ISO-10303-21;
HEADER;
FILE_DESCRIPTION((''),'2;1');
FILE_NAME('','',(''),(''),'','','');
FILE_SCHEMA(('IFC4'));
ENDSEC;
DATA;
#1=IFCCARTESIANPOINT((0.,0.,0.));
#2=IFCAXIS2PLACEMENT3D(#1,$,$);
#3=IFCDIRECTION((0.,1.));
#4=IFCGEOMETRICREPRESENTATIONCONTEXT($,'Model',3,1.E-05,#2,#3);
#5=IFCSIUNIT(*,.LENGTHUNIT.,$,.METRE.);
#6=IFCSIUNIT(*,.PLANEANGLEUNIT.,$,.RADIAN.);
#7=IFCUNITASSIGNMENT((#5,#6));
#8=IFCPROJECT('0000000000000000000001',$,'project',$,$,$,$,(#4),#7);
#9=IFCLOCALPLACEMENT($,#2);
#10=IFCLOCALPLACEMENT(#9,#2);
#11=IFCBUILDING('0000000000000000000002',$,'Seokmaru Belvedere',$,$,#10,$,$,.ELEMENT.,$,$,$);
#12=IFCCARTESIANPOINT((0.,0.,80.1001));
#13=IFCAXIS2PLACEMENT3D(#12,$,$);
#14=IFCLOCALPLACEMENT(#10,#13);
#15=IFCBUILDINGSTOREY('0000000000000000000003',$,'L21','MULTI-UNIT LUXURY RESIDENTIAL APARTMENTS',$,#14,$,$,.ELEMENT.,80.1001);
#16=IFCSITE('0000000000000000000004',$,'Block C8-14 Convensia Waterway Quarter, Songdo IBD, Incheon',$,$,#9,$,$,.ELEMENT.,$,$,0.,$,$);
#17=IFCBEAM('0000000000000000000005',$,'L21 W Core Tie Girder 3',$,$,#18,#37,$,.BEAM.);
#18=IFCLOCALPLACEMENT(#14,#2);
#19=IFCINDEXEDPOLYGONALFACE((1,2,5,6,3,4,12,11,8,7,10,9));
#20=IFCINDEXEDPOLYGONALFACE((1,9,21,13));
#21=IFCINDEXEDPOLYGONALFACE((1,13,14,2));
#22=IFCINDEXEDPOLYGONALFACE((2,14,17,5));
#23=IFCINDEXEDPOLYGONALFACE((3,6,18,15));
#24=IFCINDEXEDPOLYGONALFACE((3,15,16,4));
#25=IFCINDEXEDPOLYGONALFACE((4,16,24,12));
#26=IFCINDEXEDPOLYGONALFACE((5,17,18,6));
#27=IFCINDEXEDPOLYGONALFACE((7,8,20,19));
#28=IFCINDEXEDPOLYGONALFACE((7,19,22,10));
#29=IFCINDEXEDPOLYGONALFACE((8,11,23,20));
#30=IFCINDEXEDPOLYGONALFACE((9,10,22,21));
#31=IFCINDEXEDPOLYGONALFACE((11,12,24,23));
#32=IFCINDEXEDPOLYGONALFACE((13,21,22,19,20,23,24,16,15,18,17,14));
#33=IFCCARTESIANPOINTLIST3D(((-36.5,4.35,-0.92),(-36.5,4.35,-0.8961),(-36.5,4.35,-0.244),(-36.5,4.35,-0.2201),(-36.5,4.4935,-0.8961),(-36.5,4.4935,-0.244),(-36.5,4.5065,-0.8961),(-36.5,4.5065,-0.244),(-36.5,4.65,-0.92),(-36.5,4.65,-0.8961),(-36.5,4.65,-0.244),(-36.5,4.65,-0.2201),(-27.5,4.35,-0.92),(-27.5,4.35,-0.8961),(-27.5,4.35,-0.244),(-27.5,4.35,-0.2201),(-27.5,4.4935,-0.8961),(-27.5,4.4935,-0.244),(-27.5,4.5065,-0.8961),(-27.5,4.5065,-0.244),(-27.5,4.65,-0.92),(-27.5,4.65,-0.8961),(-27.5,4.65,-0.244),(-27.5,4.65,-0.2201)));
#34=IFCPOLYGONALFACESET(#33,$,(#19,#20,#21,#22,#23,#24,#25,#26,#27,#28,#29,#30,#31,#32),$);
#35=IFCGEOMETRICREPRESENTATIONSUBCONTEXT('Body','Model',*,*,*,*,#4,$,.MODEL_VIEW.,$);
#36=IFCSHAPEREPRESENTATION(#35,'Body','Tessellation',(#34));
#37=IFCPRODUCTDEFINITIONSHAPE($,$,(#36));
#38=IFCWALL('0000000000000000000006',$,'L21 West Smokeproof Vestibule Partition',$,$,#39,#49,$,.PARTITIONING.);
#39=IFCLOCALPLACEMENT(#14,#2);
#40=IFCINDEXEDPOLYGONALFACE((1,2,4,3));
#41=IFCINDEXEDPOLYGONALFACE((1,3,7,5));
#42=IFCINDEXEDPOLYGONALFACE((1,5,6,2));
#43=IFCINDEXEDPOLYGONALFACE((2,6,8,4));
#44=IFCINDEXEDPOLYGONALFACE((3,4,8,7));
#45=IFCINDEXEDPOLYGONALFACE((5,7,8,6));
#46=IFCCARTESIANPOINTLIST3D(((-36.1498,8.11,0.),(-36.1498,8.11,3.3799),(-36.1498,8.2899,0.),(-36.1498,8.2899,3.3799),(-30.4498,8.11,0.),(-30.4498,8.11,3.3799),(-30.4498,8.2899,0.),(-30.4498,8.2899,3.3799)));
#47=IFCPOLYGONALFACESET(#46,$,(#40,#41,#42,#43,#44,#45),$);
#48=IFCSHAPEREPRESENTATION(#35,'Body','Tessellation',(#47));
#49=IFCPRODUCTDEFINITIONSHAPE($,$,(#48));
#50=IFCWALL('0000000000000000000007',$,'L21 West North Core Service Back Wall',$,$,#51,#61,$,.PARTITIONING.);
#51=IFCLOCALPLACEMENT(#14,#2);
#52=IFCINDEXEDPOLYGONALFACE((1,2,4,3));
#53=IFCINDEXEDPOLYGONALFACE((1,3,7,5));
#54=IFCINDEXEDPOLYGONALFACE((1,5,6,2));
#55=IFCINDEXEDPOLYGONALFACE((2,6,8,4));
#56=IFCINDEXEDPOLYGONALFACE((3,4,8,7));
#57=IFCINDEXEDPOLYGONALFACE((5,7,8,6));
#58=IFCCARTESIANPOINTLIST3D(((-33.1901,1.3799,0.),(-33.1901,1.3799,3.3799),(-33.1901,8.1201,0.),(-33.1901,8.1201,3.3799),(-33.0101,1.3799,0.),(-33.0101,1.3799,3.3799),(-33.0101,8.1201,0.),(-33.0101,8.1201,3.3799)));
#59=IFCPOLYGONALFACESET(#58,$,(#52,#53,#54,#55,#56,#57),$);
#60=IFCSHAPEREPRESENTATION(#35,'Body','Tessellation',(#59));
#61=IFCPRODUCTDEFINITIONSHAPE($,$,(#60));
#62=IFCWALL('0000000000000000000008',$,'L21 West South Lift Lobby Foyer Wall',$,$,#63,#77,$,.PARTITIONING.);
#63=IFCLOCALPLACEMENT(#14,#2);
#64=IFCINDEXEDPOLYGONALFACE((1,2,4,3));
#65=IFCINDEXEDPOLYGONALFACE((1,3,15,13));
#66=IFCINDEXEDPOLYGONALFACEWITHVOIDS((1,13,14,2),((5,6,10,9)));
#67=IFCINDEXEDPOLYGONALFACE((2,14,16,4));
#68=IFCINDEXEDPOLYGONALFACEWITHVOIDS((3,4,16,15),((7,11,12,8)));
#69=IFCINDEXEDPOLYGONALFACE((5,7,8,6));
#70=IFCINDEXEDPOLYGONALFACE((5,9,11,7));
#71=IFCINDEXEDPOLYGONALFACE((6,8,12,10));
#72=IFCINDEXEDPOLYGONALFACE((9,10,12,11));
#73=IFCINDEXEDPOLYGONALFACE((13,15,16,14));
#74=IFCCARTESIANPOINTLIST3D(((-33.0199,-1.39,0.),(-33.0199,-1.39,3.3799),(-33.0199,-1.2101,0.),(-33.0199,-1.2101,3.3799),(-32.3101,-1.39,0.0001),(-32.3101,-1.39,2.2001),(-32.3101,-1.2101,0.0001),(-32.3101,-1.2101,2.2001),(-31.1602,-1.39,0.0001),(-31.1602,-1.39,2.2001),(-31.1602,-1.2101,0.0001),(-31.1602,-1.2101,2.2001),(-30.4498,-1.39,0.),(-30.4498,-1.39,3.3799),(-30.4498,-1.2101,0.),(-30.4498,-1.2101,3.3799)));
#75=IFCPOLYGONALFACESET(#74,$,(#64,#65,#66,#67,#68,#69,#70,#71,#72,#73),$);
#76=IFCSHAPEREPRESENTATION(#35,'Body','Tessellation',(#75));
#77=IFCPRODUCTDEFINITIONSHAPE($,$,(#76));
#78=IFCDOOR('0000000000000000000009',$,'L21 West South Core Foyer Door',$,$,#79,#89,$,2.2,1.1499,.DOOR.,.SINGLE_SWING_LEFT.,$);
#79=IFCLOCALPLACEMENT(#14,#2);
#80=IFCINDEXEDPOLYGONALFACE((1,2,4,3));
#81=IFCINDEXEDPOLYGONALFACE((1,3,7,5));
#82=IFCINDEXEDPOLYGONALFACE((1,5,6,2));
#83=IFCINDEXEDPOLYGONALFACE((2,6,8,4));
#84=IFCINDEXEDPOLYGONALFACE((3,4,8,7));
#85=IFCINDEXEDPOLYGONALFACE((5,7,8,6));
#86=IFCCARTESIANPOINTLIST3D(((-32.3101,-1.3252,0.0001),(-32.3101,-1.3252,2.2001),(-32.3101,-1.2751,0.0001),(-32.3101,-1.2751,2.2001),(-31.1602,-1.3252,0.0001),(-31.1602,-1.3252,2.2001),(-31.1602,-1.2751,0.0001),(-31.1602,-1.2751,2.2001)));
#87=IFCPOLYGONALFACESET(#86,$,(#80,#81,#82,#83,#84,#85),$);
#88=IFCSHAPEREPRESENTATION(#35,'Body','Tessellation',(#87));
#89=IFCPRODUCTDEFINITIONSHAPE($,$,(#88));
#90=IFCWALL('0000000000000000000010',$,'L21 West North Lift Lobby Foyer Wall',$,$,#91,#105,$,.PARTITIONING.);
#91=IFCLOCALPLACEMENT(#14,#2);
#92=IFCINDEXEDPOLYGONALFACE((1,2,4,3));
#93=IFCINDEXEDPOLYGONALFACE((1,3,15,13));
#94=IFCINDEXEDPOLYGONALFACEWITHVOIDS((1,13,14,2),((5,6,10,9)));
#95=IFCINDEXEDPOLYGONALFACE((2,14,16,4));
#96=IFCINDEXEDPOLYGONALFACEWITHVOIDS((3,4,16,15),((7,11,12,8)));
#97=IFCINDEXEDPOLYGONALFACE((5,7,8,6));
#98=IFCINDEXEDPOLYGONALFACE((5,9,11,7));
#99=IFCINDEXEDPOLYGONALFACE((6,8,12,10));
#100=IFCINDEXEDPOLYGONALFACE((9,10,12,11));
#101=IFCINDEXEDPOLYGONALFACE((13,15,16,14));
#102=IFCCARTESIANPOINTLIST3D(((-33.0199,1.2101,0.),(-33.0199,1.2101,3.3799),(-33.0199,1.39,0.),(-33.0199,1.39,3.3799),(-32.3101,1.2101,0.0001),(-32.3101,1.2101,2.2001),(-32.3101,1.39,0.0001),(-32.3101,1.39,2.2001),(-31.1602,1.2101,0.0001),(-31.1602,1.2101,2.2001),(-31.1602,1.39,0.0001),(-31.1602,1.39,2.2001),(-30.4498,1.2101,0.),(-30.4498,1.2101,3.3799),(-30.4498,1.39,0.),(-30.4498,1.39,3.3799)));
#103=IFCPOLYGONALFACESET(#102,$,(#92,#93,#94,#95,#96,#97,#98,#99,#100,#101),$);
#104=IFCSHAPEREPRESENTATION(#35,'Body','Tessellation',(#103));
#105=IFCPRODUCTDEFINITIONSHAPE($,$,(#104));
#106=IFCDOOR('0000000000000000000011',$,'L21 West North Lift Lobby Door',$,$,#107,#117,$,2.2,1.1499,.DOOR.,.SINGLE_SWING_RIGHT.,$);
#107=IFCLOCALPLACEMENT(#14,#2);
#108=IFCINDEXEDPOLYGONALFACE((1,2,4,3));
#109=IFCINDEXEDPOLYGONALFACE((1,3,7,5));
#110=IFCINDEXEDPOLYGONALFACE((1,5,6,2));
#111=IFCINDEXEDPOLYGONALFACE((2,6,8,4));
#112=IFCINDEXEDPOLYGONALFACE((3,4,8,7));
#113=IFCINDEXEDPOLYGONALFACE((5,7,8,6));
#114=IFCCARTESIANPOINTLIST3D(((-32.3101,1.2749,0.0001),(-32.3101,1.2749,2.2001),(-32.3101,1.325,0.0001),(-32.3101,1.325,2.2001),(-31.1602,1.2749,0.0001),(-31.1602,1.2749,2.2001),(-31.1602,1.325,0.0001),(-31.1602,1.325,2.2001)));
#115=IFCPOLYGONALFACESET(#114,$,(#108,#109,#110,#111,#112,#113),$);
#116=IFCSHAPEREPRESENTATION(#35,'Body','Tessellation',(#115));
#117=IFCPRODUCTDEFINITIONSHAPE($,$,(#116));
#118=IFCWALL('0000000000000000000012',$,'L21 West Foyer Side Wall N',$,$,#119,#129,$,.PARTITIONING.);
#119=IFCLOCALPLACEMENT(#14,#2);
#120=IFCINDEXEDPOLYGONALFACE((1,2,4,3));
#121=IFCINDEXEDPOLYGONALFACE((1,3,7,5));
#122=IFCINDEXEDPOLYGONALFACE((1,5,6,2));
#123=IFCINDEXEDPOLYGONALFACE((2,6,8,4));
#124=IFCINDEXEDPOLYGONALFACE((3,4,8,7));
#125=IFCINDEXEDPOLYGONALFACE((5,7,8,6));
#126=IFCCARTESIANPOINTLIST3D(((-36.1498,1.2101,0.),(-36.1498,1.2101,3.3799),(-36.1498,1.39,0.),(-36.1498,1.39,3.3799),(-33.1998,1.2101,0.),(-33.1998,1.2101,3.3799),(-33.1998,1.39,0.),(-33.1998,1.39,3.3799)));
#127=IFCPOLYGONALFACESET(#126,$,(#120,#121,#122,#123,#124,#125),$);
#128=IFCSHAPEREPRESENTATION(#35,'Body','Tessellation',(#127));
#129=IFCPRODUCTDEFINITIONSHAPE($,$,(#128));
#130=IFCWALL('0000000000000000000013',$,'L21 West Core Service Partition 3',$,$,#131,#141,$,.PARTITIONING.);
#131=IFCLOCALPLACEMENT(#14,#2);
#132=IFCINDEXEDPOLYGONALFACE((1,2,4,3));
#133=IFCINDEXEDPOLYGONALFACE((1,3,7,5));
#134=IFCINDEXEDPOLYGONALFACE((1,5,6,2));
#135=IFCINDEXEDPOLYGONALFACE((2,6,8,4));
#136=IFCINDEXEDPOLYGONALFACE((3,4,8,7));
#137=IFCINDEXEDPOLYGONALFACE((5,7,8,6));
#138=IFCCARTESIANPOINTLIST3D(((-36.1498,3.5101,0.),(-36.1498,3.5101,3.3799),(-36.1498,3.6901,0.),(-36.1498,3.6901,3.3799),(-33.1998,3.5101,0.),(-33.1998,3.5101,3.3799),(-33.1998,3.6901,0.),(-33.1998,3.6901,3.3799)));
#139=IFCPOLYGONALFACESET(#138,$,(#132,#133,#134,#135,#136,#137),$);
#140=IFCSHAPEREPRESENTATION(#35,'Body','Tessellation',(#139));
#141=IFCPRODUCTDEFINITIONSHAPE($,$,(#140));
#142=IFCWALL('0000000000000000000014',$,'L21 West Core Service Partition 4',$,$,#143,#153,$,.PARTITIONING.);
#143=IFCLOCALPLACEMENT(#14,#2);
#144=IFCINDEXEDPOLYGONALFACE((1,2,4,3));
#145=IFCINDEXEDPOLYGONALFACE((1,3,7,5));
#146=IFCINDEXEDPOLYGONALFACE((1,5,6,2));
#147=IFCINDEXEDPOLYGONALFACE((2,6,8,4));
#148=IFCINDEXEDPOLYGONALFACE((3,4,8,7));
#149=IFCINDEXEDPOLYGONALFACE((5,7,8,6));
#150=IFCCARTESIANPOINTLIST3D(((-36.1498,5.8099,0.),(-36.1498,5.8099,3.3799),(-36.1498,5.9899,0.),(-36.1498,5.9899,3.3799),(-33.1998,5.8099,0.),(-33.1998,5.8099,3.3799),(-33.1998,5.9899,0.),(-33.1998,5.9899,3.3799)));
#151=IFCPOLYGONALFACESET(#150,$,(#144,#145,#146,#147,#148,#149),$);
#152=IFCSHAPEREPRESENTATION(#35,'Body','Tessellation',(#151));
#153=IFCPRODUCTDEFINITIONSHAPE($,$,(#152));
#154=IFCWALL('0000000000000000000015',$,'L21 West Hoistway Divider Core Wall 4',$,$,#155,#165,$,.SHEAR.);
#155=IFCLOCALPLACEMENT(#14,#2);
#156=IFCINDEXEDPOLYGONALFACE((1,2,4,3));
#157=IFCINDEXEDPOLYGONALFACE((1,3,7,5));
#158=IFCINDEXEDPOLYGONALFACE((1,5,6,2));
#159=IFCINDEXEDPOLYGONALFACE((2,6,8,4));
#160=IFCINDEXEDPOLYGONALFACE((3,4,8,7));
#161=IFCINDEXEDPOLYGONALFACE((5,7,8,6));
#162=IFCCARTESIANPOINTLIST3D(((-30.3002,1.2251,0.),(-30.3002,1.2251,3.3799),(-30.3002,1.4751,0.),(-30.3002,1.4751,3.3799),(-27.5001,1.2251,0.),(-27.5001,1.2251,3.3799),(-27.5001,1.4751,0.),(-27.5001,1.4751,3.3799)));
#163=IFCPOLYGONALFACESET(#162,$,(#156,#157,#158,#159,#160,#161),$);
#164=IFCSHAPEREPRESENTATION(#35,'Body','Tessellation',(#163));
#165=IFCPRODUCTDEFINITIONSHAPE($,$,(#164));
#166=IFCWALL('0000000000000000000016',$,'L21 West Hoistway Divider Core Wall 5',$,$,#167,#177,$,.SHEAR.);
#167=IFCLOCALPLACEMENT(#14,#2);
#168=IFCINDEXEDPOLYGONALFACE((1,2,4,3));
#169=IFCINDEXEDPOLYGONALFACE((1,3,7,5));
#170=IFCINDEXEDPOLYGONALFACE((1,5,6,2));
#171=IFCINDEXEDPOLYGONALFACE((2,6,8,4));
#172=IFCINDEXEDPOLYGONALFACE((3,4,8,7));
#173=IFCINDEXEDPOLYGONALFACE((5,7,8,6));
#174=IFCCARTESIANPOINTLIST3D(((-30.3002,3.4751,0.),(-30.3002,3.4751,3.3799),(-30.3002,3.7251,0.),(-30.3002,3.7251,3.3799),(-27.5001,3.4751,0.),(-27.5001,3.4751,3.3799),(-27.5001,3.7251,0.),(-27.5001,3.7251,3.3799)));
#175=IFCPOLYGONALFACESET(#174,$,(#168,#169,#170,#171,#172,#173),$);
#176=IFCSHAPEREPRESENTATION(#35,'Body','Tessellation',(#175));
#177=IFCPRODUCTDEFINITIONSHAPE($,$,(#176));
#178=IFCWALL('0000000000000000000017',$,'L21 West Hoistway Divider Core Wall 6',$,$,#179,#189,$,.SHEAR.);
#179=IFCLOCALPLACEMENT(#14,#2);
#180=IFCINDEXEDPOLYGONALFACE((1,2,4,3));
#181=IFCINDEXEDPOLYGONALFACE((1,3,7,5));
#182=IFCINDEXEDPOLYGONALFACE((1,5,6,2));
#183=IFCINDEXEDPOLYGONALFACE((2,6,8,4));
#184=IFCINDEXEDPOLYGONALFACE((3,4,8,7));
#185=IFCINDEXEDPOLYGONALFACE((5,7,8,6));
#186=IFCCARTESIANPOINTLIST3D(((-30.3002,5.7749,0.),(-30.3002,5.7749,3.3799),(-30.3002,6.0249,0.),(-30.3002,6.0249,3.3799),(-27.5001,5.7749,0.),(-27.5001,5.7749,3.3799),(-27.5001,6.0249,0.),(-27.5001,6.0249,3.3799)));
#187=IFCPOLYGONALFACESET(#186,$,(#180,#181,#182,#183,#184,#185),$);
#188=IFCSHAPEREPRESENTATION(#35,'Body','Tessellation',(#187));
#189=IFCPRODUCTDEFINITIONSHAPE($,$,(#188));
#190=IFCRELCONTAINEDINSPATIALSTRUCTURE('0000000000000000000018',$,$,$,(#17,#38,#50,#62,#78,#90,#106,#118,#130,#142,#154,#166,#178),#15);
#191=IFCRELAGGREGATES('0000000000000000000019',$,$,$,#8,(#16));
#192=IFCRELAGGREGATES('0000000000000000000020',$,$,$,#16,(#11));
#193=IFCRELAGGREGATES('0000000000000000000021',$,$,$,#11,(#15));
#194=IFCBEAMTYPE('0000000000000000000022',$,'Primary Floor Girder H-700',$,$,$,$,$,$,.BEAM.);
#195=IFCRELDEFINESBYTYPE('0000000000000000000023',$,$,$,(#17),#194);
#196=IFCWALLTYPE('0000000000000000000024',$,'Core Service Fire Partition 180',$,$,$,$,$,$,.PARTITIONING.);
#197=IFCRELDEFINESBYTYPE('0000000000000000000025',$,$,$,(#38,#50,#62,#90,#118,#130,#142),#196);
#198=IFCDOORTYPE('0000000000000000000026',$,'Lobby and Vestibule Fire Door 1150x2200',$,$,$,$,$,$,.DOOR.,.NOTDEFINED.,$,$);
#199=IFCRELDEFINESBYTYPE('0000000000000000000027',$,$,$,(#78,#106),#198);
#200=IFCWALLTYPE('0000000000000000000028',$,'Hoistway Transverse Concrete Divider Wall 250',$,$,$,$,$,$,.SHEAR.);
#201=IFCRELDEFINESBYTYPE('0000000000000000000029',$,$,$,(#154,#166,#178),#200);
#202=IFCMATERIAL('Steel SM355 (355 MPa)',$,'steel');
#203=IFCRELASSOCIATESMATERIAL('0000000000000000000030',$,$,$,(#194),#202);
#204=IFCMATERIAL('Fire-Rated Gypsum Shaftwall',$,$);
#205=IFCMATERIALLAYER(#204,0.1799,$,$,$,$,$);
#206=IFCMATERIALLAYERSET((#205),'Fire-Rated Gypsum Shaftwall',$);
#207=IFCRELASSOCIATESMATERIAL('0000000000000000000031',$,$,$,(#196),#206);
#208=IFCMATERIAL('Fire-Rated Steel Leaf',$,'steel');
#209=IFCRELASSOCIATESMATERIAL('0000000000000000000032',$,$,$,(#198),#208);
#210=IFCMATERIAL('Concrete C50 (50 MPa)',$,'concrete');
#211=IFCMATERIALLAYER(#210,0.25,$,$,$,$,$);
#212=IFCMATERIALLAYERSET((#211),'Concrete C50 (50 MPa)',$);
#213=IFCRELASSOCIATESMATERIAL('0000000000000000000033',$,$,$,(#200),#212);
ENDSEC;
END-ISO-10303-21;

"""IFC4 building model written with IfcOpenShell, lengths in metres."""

from ifc_helpers import new_model, si_unit, direction, frame, frame_2d, origin, origin_2d, place, context, subcontext, project, spatial, rectangle, i_section, extrude, source, transform, mapped, material, layer, layer_set, material_profile, profile_set, type_object, type_shapes, element, fill, save


model = new_model("IFC4")

# Units and contexts
model_context = context("Model", 3, precision=1e-05, world=origin(), true_north=direction((0.0, 1.0)))
body_context = subcontext(model_context, "Body", "Model", "MODEL_VIEW")
ifc_project = project(units=[si_unit("LENGTHUNIT", "METRE"), si_unit("PLANEANGLEUNIT", "RADIAN")], contexts=[model_context])

# Site, building, storey
site_placement = place(None, origin())
site = spatial("IfcSite", under=ifc_project, at=site_placement, Name="Block C8-14 Convensia Waterway Quarter, Songdo IBD, Incheon", CompositionType="ELEMENT", RefElevation=0.0)
building_placement = place(site_placement, origin())
building = spatial("IfcBuilding", under=site, at=building_placement, Name="Seokmaru Belvedere", CompositionType="ELEMENT")
storey_placement = place(building_placement, frame((0.0, 0.0, 80.1001)))
storey = spatial("IfcBuildingStorey", under=building, at=storey_placement, Name="L21", Description="MULTI-UNIT LUXURY RESIDENTIAL APARTMENTS", CompositionType="ELEMENT", Elevation=80.1001)

# Beam
ifc_material_1 = material(Name="Steel SM355 (355 MPa)", Category="steel")
ifc_material_profile = material_profile(ifc_material_1, i_section(OverallWidth=0.3, OverallDepth=0.7, WebThickness=0.0129, FlangeThickness=0.0239, at=origin_2d()), Name="H-700x300x13x24")
ifc_profile_set = profile_set([ifc_material_profile], Name="Steel SM355 (355 MPa)")
beam_type = type_object("IfcBeamType", Name="Primary Floor Girder H-700", PredefinedType="BEAM", material=ifc_profile_set)
shared_shape_1 = source(origin(), body_context, "Body", "SweptSolid", [
    extrude(i_section(OverallWidth=0.3, OverallDepth=0.7, WebThickness=0.0129, FlangeThickness=0.0239, at=origin_2d()), origin(), (0.0, 0.0, 1.0), 9.0),
])
type_shapes(beam_type, [shared_shape_1])
beam_placement = place(storey_placement, frame((-36.5, 4.5, -0.5701), z_axis=(1.0, 0.0, 0.0), x_axis=(0.0, 1.0, 0.0)))
element("IfcBeam", 1, at=beam_placement, inside=storey, type_object=beam_type, Name="L21 W Core Tie Girder 3", PredefinedType="BEAM", context=body_context, shape_type="MappedRepresentation", body=[
    mapped(shared_shape_1, transform((0.0, 0.0, 0.0), scale=1.0)),
])

# Walls
ifc_material_2 = material(Name="Fire-Rated Gypsum Shaftwall")
ifc_layer_1 = layer(ifc_material_2, 0.1799)
ifc_layer_set_1 = layer_set([ifc_layer_1], Name="Fire-Rated Gypsum Shaftwall")
wall_type_1 = type_object("IfcWallType", Name="Core Service Fire Partition 180", PredefinedType="PARTITIONING", material=ifc_layer_set_1)
wall_1_placement = place(storey_placement, frame((-36.1499, 8.2, 0.0), z_axis=(0.0, 0.0, 1.0), x_axis=(1.0, 0.0, 0.0)))
element("IfcWall", 2, at=wall_1_placement, inside=storey, type_object=wall_type_1, Name="L21 West Smokeproof Vestibule Partition", PredefinedType="PARTITIONING", context=body_context, shape_type="SweptSolid", body=[
    extrude(rectangle(XDim=5.7, YDim=0.1799, at=frame_2d((2.8501, 0.0))), origin(), (0.0, 0.0, 1.0), 3.3799),
])
wall_2_placement = place(storey_placement, frame((-33.1001, 1.3799, 0.0), z_axis=(0.0, 0.0, 1.0), x_axis=(0.0, 1.0, 0.0)))
element("IfcWall", 3, at=wall_2_placement, inside=storey, type_object=wall_type_1, Name="L21 West North Core Service Back Wall", PredefinedType="PARTITIONING", context=body_context, shape_type="SweptSolid", body=[
    extrude(rectangle(XDim=6.7402, YDim=0.1799, at=frame_2d((3.3701, 0.0))), origin(), (0.0, 0.0, 1.0), 3.3799),
])

# Walls, openings, doors
wall_3_placement = place(storey_placement, frame((-33.02, -1.3, 0.0), z_axis=(0.0, 0.0, 1.0), x_axis=(1.0, 0.0, 0.0)))
wall_3 = element("IfcWall", 4, at=wall_3_placement, inside=storey, type_object=wall_type_1, Name="L21 West South Lift Lobby Foyer Wall", PredefinedType="PARTITIONING", context=body_context, shape_type="SweptSolid", body=[
    extrude(rectangle(XDim=2.5701, YDim=0.1799, at=frame_2d((1.2852, 0.0))), origin(), (0.0, 0.0, 1.0), 3.3799),
])
opening_1_placement = place(wall_3_placement, frame((0.71, 0.0, 0.0)))
opening_1 = element("IfcOpeningElement", 5, at=opening_1_placement, cuts=wall_3, PredefinedType="OPENING", context=body_context, shape_type="SweptSolid", body=[
    extrude(rectangle(XDim=1.1499, YDim=2.2, at=frame_2d((0.575, 1.1001))), frame((0.0, 0.1001, 0.0), z_axis=(0.0, -1.0, 0.0), x_axis=(1.0, 0.0, 0.0)), (0.0, 0.0, 1.0), 0.2),
])
ifc_material_3 = material(Name="Fire-Rated Steel Leaf", Category="steel")
door_type_1 = type_object("IfcDoorType", Name="Lobby and Vestibule Fire Door 1150x2200", OperationType="NOTDEFINED", PredefinedType="DOOR", material=ifc_material_3)
shared_shape_2 = source(origin(), body_context, "Body", "SweptSolid", [
    extrude(rectangle(XDim=1.1499, YDim=2.2, at=frame_2d((0.575, 1.1001))), frame((0.0, 0.0249, 0.0), z_axis=(0.0, -1.0, 0.0), x_axis=(1.0, 0.0, 0.0)), (0.0, 0.0, 1.0), 0.05),
])
type_shapes(door_type_1, [shared_shape_2])
door_1_placement = place(opening_1_placement, origin())
door_1 = element("IfcDoor", 6, at=door_1_placement, inside=storey, type_object=door_type_1, Name="L21 West South Core Foyer Door", OperationType="SINGLE_SWING_LEFT", OverallHeight=2.2, OverallWidth=1.1499, PredefinedType="DOOR", context=body_context, shape_type="MappedRepresentation", body=[
    mapped(shared_shape_2, transform((0.0, 0.0, 0.0), scale=1.0)),
])
fill(opening_1, door_1)
wall_4_placement = place(storey_placement, frame((-33.02, 1.3, 0.0), z_axis=(0.0, 0.0, 1.0), x_axis=(1.0, 0.0, 0.0)))
wall_4 = element("IfcWall", 7, at=wall_4_placement, inside=storey, type_object=wall_type_1, Name="L21 West North Lift Lobby Foyer Wall", PredefinedType="PARTITIONING", context=body_context, shape_type="SweptSolid", body=[
    extrude(rectangle(XDim=2.5701, YDim=0.1799, at=frame_2d((1.2852, 0.0))), origin(), (0.0, 0.0, 1.0), 3.3799),
])
opening_2_placement = place(wall_4_placement, frame((0.71, 0.0, 0.0)))
opening_2 = element("IfcOpeningElement", 8, at=opening_2_placement, cuts=wall_4, PredefinedType="OPENING", context=body_context, shape_type="SweptSolid", body=[
    extrude(rectangle(XDim=1.1499, YDim=2.2, at=frame_2d((0.575, 1.1001))), frame((0.0, 0.1001, 0.0), z_axis=(0.0, -1.0, 0.0), x_axis=(1.0, 0.0, 0.0)), (0.0, 0.0, 1.0), 0.2),
])
door_2_placement = place(opening_2_placement, origin())
door_2 = element("IfcDoor", 9, at=door_2_placement, inside=storey, type_object=door_type_1, Name="L21 West North Lift Lobby Door", OperationType="SINGLE_SWING_RIGHT", OverallHeight=2.2, OverallWidth=1.1499, PredefinedType="DOOR", context=body_context, shape_type="MappedRepresentation", body=[
    mapped(shared_shape_2, transform((0.0, 0.0, 0.0), scale=1.0)),
])
fill(opening_2, door_2)

# Walls
for number, where, z_axis, x_axis, name in (
    (10, (-36.1499, 1.3, 0.0), (0.0, 0.0, 1.0), (1.0, 0.0, 0.0), "L21 West Foyer Side Wall N"),
    (11, (-36.1499, 3.6001, 0.0), (0.0, 0.0, 1.0), (1.0, 0.0, 0.0), "L21 West Core Service Partition 3"),
    (12, (-36.1499, 5.8999, 0.0), (0.0, 0.0, 1.0), (1.0, 0.0, 0.0), "L21 West Core Service Partition 4"),
):
    element("IfcWall", number, at=place(storey_placement, frame(where, z_axis=z_axis, x_axis=x_axis)), inside=storey, type_object=wall_type_1, Name=name, PredefinedType="PARTITIONING", context=body_context, shape_type="SweptSolid", body=[
        extrude(rectangle(XDim=2.95, YDim=0.1799, at=frame_2d((1.4751, 0.0))), origin(), (0.0, 0.0, 1.0), 3.3799),
    ])
ifc_material_4 = material(Name="Concrete C50 (50 MPa)", Category="concrete")
ifc_layer_2 = layer(ifc_material_4, 0.25)
ifc_layer_set_2 = layer_set([ifc_layer_2], Name="Concrete C50 (50 MPa)")
wall_type_2 = type_object("IfcWallType", Name="Hoistway Transverse Concrete Divider Wall 250", PredefinedType="SHEAR", material=ifc_layer_set_2)
for number, where, z_axis, x_axis, name in (
    (13, (-30.3, 1.3501, 0.0), (0.0, 0.0, 1.0), (1.0, 0.0, 0.0), "L21 West Hoistway Divider Core Wall 4"),
    (14, (-30.3, 3.6001, 0.0), (0.0, 0.0, 1.0), (1.0, 0.0, 0.0), "L21 West Hoistway Divider Core Wall 5"),
    (15, (-30.3, 5.8999, 0.0), (0.0, 0.0, 1.0), (1.0, 0.0, 0.0), "L21 West Hoistway Divider Core Wall 6"),
):
    element("IfcWall", number, at=place(storey_placement, frame(where, z_axis=z_axis, x_axis=x_axis)), inside=storey, type_object=wall_type_2, Name=name, PredefinedType="SHEAR", context=body_context, shape_type="SweptSolid", body=[
        extrude(rectangle(XDim=2.8, YDim=0.25, at=frame_2d((1.3999, 0.0))), origin(), (0.0, 0.0, 1.0), 3.3799),
    ])

save(model, "model.ifc")
